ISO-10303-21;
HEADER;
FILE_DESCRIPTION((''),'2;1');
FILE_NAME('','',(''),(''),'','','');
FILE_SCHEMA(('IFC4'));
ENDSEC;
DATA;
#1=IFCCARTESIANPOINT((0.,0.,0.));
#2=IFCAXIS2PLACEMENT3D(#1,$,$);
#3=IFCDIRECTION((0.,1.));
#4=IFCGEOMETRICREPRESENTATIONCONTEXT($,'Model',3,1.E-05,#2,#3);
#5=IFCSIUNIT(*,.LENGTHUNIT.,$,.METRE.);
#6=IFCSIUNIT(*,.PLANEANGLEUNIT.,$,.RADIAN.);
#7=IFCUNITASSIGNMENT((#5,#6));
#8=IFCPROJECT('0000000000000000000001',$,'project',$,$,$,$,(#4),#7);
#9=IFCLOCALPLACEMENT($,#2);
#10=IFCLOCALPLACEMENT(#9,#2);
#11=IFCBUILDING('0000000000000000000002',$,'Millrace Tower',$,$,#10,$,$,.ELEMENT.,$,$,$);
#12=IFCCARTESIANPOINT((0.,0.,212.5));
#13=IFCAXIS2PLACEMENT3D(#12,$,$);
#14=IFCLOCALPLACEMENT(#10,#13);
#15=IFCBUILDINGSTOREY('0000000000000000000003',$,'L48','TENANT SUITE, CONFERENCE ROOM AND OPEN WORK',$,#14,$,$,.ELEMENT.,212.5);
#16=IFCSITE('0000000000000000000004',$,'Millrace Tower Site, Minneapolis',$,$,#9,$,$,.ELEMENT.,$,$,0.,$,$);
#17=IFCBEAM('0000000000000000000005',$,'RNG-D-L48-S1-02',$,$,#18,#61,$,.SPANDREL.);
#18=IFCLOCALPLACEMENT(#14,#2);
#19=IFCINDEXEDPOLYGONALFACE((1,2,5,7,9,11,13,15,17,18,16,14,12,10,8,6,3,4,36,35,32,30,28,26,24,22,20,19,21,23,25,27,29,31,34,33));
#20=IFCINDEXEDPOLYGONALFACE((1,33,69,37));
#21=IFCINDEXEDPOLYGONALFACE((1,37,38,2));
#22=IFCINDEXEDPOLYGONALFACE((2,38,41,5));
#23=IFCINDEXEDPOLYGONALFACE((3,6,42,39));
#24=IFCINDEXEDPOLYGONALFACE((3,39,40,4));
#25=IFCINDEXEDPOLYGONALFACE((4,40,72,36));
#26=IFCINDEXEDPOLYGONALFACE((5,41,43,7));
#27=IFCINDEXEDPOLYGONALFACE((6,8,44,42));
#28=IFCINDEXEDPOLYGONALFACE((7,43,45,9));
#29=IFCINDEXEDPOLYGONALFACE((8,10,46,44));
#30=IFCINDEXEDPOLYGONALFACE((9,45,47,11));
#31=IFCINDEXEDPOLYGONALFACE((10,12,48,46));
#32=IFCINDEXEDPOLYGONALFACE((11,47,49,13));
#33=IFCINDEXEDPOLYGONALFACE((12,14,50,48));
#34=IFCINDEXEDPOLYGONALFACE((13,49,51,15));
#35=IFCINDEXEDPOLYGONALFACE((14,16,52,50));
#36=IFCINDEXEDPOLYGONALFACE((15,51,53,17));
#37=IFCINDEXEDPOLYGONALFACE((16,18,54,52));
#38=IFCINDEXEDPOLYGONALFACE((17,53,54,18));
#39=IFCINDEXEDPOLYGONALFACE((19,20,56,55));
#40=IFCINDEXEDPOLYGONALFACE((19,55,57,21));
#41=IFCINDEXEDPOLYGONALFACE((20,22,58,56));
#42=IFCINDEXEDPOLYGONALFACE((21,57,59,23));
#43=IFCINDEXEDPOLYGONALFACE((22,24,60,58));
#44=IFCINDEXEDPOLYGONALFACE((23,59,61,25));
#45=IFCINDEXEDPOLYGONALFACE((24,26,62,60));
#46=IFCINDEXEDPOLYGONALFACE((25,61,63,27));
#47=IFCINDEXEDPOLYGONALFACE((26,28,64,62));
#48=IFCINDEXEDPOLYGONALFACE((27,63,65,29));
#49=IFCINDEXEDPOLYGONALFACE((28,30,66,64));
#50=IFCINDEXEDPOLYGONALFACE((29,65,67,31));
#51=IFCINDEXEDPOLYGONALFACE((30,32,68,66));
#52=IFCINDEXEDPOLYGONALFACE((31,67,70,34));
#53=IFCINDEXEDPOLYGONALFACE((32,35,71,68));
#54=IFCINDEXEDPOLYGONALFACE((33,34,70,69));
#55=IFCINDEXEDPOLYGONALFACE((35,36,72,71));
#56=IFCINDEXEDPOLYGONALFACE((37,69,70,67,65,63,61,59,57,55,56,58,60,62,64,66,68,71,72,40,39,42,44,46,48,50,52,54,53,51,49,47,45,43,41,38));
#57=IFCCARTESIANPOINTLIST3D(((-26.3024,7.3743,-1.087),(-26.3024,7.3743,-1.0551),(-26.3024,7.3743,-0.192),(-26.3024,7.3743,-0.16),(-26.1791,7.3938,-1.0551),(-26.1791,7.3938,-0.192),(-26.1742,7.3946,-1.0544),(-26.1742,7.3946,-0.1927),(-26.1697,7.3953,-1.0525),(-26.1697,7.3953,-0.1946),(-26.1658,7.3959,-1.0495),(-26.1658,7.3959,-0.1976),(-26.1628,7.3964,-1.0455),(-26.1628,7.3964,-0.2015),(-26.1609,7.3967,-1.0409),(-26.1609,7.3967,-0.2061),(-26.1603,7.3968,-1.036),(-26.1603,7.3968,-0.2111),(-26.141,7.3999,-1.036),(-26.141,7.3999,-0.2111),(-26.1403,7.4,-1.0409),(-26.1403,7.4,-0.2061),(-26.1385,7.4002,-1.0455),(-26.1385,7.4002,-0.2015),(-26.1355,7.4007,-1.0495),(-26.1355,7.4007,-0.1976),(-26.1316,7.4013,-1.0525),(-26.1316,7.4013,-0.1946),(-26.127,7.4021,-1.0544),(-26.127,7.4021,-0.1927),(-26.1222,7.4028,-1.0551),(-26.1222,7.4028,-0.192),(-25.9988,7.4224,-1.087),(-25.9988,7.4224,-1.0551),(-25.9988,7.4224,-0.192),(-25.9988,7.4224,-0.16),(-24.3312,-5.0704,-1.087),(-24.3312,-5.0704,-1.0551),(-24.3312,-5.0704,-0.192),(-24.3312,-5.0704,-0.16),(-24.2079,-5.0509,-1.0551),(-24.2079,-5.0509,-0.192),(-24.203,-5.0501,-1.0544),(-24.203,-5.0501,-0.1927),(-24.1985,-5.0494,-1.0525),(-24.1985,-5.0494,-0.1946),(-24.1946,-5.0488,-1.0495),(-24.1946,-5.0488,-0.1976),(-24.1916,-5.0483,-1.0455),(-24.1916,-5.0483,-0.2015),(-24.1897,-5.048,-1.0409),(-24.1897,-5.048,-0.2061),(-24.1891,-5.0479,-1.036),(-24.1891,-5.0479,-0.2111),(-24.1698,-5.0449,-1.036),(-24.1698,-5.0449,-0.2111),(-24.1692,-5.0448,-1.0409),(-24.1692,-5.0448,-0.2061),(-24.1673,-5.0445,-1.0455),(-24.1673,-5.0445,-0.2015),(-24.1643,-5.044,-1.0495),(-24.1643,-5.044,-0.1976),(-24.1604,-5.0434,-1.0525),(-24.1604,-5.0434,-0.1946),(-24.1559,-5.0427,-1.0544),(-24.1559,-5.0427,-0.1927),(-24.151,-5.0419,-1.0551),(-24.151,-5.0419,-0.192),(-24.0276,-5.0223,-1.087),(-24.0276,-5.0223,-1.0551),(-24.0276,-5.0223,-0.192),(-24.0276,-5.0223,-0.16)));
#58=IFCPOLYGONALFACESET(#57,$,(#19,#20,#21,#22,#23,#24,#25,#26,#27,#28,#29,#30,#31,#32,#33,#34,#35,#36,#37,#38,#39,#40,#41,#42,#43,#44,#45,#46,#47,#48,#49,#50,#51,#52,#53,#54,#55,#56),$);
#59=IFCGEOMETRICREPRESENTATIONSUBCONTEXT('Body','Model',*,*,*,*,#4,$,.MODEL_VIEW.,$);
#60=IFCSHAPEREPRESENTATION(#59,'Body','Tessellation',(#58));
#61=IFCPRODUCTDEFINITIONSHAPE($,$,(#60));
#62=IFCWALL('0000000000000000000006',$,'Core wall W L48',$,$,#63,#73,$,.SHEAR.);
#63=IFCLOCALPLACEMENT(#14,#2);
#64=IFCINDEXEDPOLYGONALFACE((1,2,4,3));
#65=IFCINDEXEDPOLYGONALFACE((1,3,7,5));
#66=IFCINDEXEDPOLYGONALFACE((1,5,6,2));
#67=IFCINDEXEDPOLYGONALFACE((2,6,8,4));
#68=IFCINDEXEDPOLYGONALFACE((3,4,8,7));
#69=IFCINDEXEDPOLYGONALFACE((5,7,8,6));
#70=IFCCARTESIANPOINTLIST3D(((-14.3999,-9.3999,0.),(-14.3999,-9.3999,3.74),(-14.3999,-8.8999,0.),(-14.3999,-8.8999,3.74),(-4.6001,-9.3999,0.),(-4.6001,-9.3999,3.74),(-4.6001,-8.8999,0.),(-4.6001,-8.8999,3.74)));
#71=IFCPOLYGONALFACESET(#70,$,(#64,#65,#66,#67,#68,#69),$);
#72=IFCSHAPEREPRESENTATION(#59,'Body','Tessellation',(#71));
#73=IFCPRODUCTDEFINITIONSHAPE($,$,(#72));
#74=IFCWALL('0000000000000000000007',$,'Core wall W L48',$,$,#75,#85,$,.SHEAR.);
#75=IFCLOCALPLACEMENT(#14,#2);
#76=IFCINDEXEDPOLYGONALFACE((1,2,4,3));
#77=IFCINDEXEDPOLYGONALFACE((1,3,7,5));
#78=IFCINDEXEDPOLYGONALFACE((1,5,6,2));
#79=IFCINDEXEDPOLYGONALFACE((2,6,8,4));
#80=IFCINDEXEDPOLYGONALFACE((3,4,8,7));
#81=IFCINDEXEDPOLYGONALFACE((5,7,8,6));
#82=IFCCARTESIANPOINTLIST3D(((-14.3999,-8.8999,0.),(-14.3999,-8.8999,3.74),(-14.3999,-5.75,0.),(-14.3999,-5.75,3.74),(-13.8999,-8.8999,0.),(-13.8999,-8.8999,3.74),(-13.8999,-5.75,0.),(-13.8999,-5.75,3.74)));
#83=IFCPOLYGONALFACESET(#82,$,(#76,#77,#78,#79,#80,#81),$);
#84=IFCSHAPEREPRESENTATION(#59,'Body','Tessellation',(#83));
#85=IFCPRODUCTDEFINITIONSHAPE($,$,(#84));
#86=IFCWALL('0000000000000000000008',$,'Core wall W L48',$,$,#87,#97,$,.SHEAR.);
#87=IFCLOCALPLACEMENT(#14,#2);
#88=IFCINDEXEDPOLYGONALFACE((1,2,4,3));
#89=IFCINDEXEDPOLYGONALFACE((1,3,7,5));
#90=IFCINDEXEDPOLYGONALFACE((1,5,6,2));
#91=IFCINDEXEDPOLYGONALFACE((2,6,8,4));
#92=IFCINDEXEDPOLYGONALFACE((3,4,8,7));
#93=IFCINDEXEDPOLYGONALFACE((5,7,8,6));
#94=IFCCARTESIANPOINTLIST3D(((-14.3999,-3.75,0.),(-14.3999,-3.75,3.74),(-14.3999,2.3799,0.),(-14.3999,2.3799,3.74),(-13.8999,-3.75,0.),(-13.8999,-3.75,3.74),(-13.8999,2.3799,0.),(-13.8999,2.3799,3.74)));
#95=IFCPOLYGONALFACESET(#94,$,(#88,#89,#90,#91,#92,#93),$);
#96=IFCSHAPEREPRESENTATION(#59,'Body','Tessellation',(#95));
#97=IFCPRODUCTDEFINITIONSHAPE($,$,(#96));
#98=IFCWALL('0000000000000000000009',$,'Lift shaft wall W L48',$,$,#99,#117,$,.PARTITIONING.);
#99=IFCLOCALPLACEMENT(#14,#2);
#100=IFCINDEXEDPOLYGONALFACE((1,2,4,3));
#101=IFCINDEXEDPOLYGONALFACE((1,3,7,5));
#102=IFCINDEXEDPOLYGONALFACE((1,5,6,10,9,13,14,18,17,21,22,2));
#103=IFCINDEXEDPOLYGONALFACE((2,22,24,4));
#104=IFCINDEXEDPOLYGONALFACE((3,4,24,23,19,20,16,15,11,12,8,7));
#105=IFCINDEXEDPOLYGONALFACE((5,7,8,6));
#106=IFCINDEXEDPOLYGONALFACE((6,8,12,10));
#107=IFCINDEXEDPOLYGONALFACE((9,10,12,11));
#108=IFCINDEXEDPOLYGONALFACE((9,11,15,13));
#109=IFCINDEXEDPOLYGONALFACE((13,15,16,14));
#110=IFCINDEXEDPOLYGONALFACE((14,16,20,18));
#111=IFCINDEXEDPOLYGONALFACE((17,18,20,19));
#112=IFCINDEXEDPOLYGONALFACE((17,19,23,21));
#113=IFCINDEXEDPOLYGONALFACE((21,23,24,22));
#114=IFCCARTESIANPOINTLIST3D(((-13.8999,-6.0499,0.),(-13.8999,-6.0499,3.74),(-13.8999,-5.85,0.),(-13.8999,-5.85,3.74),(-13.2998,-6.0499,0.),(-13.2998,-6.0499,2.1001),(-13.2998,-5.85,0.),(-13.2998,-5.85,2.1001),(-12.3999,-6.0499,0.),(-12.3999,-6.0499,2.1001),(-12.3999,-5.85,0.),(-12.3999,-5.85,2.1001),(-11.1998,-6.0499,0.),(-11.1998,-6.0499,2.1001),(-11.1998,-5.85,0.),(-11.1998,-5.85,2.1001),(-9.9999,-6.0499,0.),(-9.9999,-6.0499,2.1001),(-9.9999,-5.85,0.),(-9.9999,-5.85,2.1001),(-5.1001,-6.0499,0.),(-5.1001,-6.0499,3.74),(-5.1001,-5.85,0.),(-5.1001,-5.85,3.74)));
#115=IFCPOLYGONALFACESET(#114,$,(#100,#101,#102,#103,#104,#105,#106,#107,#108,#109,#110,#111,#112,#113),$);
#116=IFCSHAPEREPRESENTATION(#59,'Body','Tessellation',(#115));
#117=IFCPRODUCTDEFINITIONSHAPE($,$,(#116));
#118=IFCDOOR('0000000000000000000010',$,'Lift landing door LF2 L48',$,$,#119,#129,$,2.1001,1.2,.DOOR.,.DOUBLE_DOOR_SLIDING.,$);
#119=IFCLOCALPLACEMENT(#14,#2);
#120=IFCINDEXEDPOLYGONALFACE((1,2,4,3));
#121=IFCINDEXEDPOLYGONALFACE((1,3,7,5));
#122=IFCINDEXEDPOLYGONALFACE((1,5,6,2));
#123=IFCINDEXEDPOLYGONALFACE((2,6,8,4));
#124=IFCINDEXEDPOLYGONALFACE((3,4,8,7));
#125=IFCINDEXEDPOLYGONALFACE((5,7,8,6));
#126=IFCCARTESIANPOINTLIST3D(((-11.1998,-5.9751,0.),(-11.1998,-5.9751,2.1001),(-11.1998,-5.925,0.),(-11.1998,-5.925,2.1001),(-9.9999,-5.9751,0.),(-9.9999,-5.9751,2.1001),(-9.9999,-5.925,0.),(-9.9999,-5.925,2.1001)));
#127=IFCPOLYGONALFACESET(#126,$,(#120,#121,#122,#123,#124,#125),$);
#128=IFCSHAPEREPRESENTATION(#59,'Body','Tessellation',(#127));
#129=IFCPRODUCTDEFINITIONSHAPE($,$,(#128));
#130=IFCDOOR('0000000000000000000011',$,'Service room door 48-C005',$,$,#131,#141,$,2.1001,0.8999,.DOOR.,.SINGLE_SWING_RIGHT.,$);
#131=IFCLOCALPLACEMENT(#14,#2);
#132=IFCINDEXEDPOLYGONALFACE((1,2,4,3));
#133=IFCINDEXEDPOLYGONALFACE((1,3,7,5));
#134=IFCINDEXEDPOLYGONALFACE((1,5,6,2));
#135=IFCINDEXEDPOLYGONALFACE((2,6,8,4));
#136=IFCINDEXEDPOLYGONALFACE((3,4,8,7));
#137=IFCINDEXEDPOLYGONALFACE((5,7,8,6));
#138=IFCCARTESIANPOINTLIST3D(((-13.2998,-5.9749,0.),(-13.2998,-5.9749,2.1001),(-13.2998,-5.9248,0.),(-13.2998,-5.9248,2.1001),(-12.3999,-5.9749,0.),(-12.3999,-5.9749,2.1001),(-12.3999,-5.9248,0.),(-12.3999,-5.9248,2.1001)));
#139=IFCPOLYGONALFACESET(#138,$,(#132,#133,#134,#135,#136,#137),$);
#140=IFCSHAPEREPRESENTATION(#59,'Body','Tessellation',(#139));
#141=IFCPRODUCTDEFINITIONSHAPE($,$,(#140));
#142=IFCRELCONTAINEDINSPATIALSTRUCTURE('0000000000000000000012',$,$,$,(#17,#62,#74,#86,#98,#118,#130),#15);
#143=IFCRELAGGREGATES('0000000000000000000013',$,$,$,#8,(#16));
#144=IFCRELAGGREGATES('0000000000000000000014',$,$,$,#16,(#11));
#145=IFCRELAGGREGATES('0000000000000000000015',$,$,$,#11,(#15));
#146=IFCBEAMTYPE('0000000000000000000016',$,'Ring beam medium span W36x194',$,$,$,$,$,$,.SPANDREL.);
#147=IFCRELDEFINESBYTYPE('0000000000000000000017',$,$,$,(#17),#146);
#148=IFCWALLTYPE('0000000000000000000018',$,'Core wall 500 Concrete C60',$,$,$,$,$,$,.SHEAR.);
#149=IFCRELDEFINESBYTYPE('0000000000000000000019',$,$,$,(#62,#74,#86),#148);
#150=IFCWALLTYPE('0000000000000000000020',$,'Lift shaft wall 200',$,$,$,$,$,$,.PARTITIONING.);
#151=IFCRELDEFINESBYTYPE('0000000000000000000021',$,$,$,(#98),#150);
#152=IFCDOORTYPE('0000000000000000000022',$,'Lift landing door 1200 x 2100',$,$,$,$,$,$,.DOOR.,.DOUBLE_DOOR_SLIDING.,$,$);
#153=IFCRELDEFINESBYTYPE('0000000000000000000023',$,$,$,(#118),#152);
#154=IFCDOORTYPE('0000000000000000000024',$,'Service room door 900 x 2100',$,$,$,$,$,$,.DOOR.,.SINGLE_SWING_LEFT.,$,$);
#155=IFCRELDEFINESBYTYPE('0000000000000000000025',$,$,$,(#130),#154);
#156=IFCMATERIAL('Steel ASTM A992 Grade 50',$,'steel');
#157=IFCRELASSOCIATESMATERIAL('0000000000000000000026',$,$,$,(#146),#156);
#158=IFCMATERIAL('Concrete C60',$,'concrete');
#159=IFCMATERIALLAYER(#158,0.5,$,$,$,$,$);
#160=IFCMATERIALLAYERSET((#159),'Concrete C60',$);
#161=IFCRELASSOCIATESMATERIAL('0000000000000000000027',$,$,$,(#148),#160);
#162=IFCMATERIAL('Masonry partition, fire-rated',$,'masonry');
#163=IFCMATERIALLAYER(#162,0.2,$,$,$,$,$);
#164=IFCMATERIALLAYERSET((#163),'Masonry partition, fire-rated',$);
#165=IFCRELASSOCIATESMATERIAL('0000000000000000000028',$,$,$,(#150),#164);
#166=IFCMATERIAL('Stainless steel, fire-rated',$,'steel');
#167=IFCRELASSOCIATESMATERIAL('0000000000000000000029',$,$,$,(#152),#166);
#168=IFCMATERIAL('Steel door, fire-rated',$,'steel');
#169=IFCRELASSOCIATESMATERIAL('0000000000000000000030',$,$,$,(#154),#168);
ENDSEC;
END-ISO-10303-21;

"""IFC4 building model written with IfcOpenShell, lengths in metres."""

from ifc_helpers import new_model, si_unit, direction, frame, frame_2d, origin, origin_2d, place, context, subcontext, project, spatial, rectangle, i_section, extrude, material, layer, layer_set, material_profile, profile_set, type_object, element, fill, save


model = new_model("IFC4")

# Units and contexts
model_context = context("Model", 3, precision=1e-05, world=origin(), true_north=direction((0.0, 1.0)))
body_context = subcontext(model_context, "Body", "Model", "MODEL_VIEW")
ifc_project = project(units=[si_unit("LENGTHUNIT", "METRE"), si_unit("PLANEANGLEUNIT", "RADIAN")], contexts=[model_context])

# Site, building, storey
site_placement = place(None, origin())
site = spatial("IfcSite", under=ifc_project, at=site_placement, Name="Millrace Tower Site, Minneapolis", CompositionType="ELEMENT", RefElevation=0.0)
building_placement = place(site_placement, origin())
building = spatial("IfcBuilding", under=site, at=building_placement, Name="Millrace Tower", CompositionType="ELEMENT")
storey_placement = place(building_placement, frame((0.0, 0.0, 212.5)))
storey = spatial("IfcBuildingStorey", under=building, at=storey_placement, Name="L48", Description="TENANT SUITE, CONFERENCE ROOM AND OPEN WORK", CompositionType="ELEMENT", Elevation=212.5)

# Beam
ifc_material_1 = material(Name="Steel ASTM A992 Grade 50", Category="steel")
ifc_material_profile_1 = material_profile(ifc_material_1, i_section(OverallWidth=0.3074, OverallDepth=0.927, WebThickness=0.0195, FlangeThickness=0.032, FilletRadius=0.019, at=origin_2d()))
ifc_profile_set_1 = profile_set([ifc_material_profile_1], Name="Steel ASTM A992 Grade 50")
beam_type_1 = type_object("IfcBeamType", Name="Ring beam medium span W36x194", PredefinedType="SPANDREL", material=ifc_profile_set_1)
beam_1_placement = place(storey_placement, frame((-24.1794, -5.0464, -0.6235), z_axis=(-0.156444, 0.987687, 0.0), x_axis=(-0.987687, -0.156444, 0.0)))
element("IfcBeam", 1, at=beam_1_placement, inside=storey, type_object=beam_type_1, Name="RNG-D-L48-S1-02", PredefinedType="SPANDREL", context=body_context, shape_type="SweptSolid", body=[
    extrude(i_section(OverallWidth=0.3074, OverallDepth=0.927, WebThickness=0.0195, FlangeThickness=0.032, FilletRadius=0.019, at=origin_2d()), origin(), (0.0, 0.0, 1.0), 12.5999),
])

# Walls
ifc_material_2 = material(Name="Concrete C60", Category="concrete")
ifc_layer_1 = layer(ifc_material_2, 0.5)
ifc_layer_set_1 = layer_set([ifc_layer_1], Name="Concrete C60")
wall_type_1 = type_object("IfcWallType", Name="Core wall 500 Concrete C60", PredefinedType="SHEAR", material=ifc_layer_set_1)
wall_1_placement = place(storey_placement, frame((-14.3999, -9.1499, 0.0), z_axis=(0.0, 0.0, 1.0), x_axis=(1.0, 0.0, 0.0)))
element("IfcWall", 2, at=wall_1_placement, inside=storey, type_object=wall_type_1, Name="Core wall W L48", PredefinedType="SHEAR", context=body_context, shape_type="SweptSolid", body=[
    extrude(rectangle(XDim=9.7998, YDim=0.5, at=frame_2d((4.8999, 0.0))), origin(), (0.0, 0.0, 1.0), 3.74),
])
wall_2_placement = place(storey_placement, frame((-14.1499, -8.8999, 0.0), z_axis=(0.0, 0.0, 1.0), x_axis=(0.0, 1.0, 0.0)))
element("IfcWall", 3, at=wall_2_placement, inside=storey, type_object=wall_type_1, Name="Core wall W L48", PredefinedType="SHEAR", context=body_context, shape_type="SweptSolid", body=[
    extrude(rectangle(XDim=3.1499, YDim=0.5, at=frame_2d((1.575, 0.0))), origin(), (0.0, 0.0, 1.0), 3.74),
])
wall_3_placement = place(storey_placement, frame((-14.1499, -3.75, 0.0), z_axis=(0.0, 0.0, 1.0), x_axis=(0.0, 1.0, 0.0)))
element("IfcWall", 4, at=wall_3_placement, inside=storey, type_object=wall_type_1, Name="Core wall W L48", PredefinedType="SHEAR", context=body_context, shape_type="SweptSolid", body=[
    extrude(rectangle(XDim=6.1299, YDim=0.5, at=frame_2d((3.0649, 0.0))), origin(), (0.0, 0.0, 1.0), 3.74),
])

# Wall, openings, doors
ifc_material_3 = material(Name="Masonry partition, fire-rated", Category="masonry")
ifc_layer_2 = layer(ifc_material_3, 0.2)
ifc_layer_set_2 = layer_set([ifc_layer_2], Name="Masonry partition, fire-rated")
wall_type_2 = type_object("IfcWallType", Name="Lift shaft wall 200", PredefinedType="PARTITIONING", material=ifc_layer_set_2)
wall_4_placement = place(storey_placement, frame((-13.8999, -5.95, 0.0), z_axis=(0.0, 0.0, 1.0), x_axis=(1.0, 0.0, 0.0)))
wall_4 = element("IfcWall", 5, at=wall_4_placement, inside=storey, type_object=wall_type_2, Name="Lift shaft wall W L48", PredefinedType="PARTITIONING", context=body_context, shape_type="SweptSolid", body=[
    extrude(rectangle(XDim=8.7998, YDim=0.2, at=frame_2d((4.3999, 0.0))), origin(), (0.0, 0.0, 1.0), 3.74),
])
opening_1_placement = place(wall_4_placement, frame((2.7, 0.0, 0.0)))
opening_1 = element("IfcOpeningElement", 6, at=opening_1_placement, cuts=wall_4, PredefinedType="OPENING", context=body_context, shape_type="SweptSolid", body=[
    extrude(rectangle(XDim=1.2, YDim=2.1001, at=frame_2d((0.6001, 1.05))), frame((0.0, 0.1099, 0.0), z_axis=(0.0, -1.0, 0.0), x_axis=(1.0, 0.0, 0.0)), (0.0, 0.0, 1.0), 0.22),
])
opening_2_placement = place(wall_4_placement, frame((0.6001, 0.0, 0.0)))
opening_2 = element("IfcOpeningElement", 7, at=opening_2_placement, cuts=wall_4, PredefinedType="OPENING", context=body_context, shape_type="SweptSolid", body=[
    extrude(rectangle(XDim=0.8999, YDim=2.1001, at=frame_2d((0.45, 1.05))), frame((0.0, 0.1099, 0.0), z_axis=(0.0, -1.0, 0.0), x_axis=(1.0, 0.0, 0.0)), (0.0, 0.0, 1.0), 0.22),
])
ifc_material_4 = material(Name="Stainless steel, fire-rated", Category="steel")
door_type_1 = type_object("IfcDoorType", Name="Lift landing door 1200 x 2100", OperationType="DOUBLE_DOOR_SLIDING", PredefinedType="DOOR", material=ifc_material_4)
door_1_placement = place(opening_1_placement, origin())
door_1 = element("IfcDoor", 8, at=door_1_placement, inside=storey, type_object=door_type_1, Name="Lift landing door LF2 L48", OperationType="DOUBLE_DOOR_SLIDING", OverallHeight=2.1001, OverallWidth=1.2, PredefinedType="DOOR", context=body_context, shape_type="SweptSolid", body=[
    extrude(rectangle(XDim=1.2, YDim=2.1001, at=frame_2d((0.6001, 1.05))), frame((0.0, 0.0249, 0.0), z_axis=(0.0, -1.0, 0.0), x_axis=(1.0, 0.0, 0.0)), (0.0, 0.0, 1.0), 0.05),
])
fill(opening_1, door_1)
ifc_material_5 = material(Name="Steel door, fire-rated", Category="steel")
door_type_2 = type_object("IfcDoorType", Name="Service room door 900 x 2100", OperationType="SINGLE_SWING_LEFT", PredefinedType="DOOR", material=ifc_material_5)
door_2_placement = place(opening_2_placement, frame((0.8999, 0.0, 0.0), z_axis=(0.0, 0.0, 1.0), x_axis=(-1.0, 0.0, 0.0)))
door_2 = element("IfcDoor", 9, at=door_2_placement, inside=storey, type_object=door_type_2, Name="Service room door 48-C005", OperationType="SINGLE_SWING_RIGHT", OverallHeight=2.1001, OverallWidth=0.8999, PredefinedType="DOOR", context=body_context, shape_type="SweptSolid", body=[
    extrude(rectangle(XDim=0.8999, YDim=2.1001, at=frame_2d((0.45, 1.05))), frame((0.0, 0.0249, 0.0), z_axis=(0.0, -1.0, 0.0), x_axis=(1.0, 0.0, 0.0)), (0.0, 0.0, 1.0), 0.05),
])
fill(opening_2, door_2)

save(model, "model.ifc")
